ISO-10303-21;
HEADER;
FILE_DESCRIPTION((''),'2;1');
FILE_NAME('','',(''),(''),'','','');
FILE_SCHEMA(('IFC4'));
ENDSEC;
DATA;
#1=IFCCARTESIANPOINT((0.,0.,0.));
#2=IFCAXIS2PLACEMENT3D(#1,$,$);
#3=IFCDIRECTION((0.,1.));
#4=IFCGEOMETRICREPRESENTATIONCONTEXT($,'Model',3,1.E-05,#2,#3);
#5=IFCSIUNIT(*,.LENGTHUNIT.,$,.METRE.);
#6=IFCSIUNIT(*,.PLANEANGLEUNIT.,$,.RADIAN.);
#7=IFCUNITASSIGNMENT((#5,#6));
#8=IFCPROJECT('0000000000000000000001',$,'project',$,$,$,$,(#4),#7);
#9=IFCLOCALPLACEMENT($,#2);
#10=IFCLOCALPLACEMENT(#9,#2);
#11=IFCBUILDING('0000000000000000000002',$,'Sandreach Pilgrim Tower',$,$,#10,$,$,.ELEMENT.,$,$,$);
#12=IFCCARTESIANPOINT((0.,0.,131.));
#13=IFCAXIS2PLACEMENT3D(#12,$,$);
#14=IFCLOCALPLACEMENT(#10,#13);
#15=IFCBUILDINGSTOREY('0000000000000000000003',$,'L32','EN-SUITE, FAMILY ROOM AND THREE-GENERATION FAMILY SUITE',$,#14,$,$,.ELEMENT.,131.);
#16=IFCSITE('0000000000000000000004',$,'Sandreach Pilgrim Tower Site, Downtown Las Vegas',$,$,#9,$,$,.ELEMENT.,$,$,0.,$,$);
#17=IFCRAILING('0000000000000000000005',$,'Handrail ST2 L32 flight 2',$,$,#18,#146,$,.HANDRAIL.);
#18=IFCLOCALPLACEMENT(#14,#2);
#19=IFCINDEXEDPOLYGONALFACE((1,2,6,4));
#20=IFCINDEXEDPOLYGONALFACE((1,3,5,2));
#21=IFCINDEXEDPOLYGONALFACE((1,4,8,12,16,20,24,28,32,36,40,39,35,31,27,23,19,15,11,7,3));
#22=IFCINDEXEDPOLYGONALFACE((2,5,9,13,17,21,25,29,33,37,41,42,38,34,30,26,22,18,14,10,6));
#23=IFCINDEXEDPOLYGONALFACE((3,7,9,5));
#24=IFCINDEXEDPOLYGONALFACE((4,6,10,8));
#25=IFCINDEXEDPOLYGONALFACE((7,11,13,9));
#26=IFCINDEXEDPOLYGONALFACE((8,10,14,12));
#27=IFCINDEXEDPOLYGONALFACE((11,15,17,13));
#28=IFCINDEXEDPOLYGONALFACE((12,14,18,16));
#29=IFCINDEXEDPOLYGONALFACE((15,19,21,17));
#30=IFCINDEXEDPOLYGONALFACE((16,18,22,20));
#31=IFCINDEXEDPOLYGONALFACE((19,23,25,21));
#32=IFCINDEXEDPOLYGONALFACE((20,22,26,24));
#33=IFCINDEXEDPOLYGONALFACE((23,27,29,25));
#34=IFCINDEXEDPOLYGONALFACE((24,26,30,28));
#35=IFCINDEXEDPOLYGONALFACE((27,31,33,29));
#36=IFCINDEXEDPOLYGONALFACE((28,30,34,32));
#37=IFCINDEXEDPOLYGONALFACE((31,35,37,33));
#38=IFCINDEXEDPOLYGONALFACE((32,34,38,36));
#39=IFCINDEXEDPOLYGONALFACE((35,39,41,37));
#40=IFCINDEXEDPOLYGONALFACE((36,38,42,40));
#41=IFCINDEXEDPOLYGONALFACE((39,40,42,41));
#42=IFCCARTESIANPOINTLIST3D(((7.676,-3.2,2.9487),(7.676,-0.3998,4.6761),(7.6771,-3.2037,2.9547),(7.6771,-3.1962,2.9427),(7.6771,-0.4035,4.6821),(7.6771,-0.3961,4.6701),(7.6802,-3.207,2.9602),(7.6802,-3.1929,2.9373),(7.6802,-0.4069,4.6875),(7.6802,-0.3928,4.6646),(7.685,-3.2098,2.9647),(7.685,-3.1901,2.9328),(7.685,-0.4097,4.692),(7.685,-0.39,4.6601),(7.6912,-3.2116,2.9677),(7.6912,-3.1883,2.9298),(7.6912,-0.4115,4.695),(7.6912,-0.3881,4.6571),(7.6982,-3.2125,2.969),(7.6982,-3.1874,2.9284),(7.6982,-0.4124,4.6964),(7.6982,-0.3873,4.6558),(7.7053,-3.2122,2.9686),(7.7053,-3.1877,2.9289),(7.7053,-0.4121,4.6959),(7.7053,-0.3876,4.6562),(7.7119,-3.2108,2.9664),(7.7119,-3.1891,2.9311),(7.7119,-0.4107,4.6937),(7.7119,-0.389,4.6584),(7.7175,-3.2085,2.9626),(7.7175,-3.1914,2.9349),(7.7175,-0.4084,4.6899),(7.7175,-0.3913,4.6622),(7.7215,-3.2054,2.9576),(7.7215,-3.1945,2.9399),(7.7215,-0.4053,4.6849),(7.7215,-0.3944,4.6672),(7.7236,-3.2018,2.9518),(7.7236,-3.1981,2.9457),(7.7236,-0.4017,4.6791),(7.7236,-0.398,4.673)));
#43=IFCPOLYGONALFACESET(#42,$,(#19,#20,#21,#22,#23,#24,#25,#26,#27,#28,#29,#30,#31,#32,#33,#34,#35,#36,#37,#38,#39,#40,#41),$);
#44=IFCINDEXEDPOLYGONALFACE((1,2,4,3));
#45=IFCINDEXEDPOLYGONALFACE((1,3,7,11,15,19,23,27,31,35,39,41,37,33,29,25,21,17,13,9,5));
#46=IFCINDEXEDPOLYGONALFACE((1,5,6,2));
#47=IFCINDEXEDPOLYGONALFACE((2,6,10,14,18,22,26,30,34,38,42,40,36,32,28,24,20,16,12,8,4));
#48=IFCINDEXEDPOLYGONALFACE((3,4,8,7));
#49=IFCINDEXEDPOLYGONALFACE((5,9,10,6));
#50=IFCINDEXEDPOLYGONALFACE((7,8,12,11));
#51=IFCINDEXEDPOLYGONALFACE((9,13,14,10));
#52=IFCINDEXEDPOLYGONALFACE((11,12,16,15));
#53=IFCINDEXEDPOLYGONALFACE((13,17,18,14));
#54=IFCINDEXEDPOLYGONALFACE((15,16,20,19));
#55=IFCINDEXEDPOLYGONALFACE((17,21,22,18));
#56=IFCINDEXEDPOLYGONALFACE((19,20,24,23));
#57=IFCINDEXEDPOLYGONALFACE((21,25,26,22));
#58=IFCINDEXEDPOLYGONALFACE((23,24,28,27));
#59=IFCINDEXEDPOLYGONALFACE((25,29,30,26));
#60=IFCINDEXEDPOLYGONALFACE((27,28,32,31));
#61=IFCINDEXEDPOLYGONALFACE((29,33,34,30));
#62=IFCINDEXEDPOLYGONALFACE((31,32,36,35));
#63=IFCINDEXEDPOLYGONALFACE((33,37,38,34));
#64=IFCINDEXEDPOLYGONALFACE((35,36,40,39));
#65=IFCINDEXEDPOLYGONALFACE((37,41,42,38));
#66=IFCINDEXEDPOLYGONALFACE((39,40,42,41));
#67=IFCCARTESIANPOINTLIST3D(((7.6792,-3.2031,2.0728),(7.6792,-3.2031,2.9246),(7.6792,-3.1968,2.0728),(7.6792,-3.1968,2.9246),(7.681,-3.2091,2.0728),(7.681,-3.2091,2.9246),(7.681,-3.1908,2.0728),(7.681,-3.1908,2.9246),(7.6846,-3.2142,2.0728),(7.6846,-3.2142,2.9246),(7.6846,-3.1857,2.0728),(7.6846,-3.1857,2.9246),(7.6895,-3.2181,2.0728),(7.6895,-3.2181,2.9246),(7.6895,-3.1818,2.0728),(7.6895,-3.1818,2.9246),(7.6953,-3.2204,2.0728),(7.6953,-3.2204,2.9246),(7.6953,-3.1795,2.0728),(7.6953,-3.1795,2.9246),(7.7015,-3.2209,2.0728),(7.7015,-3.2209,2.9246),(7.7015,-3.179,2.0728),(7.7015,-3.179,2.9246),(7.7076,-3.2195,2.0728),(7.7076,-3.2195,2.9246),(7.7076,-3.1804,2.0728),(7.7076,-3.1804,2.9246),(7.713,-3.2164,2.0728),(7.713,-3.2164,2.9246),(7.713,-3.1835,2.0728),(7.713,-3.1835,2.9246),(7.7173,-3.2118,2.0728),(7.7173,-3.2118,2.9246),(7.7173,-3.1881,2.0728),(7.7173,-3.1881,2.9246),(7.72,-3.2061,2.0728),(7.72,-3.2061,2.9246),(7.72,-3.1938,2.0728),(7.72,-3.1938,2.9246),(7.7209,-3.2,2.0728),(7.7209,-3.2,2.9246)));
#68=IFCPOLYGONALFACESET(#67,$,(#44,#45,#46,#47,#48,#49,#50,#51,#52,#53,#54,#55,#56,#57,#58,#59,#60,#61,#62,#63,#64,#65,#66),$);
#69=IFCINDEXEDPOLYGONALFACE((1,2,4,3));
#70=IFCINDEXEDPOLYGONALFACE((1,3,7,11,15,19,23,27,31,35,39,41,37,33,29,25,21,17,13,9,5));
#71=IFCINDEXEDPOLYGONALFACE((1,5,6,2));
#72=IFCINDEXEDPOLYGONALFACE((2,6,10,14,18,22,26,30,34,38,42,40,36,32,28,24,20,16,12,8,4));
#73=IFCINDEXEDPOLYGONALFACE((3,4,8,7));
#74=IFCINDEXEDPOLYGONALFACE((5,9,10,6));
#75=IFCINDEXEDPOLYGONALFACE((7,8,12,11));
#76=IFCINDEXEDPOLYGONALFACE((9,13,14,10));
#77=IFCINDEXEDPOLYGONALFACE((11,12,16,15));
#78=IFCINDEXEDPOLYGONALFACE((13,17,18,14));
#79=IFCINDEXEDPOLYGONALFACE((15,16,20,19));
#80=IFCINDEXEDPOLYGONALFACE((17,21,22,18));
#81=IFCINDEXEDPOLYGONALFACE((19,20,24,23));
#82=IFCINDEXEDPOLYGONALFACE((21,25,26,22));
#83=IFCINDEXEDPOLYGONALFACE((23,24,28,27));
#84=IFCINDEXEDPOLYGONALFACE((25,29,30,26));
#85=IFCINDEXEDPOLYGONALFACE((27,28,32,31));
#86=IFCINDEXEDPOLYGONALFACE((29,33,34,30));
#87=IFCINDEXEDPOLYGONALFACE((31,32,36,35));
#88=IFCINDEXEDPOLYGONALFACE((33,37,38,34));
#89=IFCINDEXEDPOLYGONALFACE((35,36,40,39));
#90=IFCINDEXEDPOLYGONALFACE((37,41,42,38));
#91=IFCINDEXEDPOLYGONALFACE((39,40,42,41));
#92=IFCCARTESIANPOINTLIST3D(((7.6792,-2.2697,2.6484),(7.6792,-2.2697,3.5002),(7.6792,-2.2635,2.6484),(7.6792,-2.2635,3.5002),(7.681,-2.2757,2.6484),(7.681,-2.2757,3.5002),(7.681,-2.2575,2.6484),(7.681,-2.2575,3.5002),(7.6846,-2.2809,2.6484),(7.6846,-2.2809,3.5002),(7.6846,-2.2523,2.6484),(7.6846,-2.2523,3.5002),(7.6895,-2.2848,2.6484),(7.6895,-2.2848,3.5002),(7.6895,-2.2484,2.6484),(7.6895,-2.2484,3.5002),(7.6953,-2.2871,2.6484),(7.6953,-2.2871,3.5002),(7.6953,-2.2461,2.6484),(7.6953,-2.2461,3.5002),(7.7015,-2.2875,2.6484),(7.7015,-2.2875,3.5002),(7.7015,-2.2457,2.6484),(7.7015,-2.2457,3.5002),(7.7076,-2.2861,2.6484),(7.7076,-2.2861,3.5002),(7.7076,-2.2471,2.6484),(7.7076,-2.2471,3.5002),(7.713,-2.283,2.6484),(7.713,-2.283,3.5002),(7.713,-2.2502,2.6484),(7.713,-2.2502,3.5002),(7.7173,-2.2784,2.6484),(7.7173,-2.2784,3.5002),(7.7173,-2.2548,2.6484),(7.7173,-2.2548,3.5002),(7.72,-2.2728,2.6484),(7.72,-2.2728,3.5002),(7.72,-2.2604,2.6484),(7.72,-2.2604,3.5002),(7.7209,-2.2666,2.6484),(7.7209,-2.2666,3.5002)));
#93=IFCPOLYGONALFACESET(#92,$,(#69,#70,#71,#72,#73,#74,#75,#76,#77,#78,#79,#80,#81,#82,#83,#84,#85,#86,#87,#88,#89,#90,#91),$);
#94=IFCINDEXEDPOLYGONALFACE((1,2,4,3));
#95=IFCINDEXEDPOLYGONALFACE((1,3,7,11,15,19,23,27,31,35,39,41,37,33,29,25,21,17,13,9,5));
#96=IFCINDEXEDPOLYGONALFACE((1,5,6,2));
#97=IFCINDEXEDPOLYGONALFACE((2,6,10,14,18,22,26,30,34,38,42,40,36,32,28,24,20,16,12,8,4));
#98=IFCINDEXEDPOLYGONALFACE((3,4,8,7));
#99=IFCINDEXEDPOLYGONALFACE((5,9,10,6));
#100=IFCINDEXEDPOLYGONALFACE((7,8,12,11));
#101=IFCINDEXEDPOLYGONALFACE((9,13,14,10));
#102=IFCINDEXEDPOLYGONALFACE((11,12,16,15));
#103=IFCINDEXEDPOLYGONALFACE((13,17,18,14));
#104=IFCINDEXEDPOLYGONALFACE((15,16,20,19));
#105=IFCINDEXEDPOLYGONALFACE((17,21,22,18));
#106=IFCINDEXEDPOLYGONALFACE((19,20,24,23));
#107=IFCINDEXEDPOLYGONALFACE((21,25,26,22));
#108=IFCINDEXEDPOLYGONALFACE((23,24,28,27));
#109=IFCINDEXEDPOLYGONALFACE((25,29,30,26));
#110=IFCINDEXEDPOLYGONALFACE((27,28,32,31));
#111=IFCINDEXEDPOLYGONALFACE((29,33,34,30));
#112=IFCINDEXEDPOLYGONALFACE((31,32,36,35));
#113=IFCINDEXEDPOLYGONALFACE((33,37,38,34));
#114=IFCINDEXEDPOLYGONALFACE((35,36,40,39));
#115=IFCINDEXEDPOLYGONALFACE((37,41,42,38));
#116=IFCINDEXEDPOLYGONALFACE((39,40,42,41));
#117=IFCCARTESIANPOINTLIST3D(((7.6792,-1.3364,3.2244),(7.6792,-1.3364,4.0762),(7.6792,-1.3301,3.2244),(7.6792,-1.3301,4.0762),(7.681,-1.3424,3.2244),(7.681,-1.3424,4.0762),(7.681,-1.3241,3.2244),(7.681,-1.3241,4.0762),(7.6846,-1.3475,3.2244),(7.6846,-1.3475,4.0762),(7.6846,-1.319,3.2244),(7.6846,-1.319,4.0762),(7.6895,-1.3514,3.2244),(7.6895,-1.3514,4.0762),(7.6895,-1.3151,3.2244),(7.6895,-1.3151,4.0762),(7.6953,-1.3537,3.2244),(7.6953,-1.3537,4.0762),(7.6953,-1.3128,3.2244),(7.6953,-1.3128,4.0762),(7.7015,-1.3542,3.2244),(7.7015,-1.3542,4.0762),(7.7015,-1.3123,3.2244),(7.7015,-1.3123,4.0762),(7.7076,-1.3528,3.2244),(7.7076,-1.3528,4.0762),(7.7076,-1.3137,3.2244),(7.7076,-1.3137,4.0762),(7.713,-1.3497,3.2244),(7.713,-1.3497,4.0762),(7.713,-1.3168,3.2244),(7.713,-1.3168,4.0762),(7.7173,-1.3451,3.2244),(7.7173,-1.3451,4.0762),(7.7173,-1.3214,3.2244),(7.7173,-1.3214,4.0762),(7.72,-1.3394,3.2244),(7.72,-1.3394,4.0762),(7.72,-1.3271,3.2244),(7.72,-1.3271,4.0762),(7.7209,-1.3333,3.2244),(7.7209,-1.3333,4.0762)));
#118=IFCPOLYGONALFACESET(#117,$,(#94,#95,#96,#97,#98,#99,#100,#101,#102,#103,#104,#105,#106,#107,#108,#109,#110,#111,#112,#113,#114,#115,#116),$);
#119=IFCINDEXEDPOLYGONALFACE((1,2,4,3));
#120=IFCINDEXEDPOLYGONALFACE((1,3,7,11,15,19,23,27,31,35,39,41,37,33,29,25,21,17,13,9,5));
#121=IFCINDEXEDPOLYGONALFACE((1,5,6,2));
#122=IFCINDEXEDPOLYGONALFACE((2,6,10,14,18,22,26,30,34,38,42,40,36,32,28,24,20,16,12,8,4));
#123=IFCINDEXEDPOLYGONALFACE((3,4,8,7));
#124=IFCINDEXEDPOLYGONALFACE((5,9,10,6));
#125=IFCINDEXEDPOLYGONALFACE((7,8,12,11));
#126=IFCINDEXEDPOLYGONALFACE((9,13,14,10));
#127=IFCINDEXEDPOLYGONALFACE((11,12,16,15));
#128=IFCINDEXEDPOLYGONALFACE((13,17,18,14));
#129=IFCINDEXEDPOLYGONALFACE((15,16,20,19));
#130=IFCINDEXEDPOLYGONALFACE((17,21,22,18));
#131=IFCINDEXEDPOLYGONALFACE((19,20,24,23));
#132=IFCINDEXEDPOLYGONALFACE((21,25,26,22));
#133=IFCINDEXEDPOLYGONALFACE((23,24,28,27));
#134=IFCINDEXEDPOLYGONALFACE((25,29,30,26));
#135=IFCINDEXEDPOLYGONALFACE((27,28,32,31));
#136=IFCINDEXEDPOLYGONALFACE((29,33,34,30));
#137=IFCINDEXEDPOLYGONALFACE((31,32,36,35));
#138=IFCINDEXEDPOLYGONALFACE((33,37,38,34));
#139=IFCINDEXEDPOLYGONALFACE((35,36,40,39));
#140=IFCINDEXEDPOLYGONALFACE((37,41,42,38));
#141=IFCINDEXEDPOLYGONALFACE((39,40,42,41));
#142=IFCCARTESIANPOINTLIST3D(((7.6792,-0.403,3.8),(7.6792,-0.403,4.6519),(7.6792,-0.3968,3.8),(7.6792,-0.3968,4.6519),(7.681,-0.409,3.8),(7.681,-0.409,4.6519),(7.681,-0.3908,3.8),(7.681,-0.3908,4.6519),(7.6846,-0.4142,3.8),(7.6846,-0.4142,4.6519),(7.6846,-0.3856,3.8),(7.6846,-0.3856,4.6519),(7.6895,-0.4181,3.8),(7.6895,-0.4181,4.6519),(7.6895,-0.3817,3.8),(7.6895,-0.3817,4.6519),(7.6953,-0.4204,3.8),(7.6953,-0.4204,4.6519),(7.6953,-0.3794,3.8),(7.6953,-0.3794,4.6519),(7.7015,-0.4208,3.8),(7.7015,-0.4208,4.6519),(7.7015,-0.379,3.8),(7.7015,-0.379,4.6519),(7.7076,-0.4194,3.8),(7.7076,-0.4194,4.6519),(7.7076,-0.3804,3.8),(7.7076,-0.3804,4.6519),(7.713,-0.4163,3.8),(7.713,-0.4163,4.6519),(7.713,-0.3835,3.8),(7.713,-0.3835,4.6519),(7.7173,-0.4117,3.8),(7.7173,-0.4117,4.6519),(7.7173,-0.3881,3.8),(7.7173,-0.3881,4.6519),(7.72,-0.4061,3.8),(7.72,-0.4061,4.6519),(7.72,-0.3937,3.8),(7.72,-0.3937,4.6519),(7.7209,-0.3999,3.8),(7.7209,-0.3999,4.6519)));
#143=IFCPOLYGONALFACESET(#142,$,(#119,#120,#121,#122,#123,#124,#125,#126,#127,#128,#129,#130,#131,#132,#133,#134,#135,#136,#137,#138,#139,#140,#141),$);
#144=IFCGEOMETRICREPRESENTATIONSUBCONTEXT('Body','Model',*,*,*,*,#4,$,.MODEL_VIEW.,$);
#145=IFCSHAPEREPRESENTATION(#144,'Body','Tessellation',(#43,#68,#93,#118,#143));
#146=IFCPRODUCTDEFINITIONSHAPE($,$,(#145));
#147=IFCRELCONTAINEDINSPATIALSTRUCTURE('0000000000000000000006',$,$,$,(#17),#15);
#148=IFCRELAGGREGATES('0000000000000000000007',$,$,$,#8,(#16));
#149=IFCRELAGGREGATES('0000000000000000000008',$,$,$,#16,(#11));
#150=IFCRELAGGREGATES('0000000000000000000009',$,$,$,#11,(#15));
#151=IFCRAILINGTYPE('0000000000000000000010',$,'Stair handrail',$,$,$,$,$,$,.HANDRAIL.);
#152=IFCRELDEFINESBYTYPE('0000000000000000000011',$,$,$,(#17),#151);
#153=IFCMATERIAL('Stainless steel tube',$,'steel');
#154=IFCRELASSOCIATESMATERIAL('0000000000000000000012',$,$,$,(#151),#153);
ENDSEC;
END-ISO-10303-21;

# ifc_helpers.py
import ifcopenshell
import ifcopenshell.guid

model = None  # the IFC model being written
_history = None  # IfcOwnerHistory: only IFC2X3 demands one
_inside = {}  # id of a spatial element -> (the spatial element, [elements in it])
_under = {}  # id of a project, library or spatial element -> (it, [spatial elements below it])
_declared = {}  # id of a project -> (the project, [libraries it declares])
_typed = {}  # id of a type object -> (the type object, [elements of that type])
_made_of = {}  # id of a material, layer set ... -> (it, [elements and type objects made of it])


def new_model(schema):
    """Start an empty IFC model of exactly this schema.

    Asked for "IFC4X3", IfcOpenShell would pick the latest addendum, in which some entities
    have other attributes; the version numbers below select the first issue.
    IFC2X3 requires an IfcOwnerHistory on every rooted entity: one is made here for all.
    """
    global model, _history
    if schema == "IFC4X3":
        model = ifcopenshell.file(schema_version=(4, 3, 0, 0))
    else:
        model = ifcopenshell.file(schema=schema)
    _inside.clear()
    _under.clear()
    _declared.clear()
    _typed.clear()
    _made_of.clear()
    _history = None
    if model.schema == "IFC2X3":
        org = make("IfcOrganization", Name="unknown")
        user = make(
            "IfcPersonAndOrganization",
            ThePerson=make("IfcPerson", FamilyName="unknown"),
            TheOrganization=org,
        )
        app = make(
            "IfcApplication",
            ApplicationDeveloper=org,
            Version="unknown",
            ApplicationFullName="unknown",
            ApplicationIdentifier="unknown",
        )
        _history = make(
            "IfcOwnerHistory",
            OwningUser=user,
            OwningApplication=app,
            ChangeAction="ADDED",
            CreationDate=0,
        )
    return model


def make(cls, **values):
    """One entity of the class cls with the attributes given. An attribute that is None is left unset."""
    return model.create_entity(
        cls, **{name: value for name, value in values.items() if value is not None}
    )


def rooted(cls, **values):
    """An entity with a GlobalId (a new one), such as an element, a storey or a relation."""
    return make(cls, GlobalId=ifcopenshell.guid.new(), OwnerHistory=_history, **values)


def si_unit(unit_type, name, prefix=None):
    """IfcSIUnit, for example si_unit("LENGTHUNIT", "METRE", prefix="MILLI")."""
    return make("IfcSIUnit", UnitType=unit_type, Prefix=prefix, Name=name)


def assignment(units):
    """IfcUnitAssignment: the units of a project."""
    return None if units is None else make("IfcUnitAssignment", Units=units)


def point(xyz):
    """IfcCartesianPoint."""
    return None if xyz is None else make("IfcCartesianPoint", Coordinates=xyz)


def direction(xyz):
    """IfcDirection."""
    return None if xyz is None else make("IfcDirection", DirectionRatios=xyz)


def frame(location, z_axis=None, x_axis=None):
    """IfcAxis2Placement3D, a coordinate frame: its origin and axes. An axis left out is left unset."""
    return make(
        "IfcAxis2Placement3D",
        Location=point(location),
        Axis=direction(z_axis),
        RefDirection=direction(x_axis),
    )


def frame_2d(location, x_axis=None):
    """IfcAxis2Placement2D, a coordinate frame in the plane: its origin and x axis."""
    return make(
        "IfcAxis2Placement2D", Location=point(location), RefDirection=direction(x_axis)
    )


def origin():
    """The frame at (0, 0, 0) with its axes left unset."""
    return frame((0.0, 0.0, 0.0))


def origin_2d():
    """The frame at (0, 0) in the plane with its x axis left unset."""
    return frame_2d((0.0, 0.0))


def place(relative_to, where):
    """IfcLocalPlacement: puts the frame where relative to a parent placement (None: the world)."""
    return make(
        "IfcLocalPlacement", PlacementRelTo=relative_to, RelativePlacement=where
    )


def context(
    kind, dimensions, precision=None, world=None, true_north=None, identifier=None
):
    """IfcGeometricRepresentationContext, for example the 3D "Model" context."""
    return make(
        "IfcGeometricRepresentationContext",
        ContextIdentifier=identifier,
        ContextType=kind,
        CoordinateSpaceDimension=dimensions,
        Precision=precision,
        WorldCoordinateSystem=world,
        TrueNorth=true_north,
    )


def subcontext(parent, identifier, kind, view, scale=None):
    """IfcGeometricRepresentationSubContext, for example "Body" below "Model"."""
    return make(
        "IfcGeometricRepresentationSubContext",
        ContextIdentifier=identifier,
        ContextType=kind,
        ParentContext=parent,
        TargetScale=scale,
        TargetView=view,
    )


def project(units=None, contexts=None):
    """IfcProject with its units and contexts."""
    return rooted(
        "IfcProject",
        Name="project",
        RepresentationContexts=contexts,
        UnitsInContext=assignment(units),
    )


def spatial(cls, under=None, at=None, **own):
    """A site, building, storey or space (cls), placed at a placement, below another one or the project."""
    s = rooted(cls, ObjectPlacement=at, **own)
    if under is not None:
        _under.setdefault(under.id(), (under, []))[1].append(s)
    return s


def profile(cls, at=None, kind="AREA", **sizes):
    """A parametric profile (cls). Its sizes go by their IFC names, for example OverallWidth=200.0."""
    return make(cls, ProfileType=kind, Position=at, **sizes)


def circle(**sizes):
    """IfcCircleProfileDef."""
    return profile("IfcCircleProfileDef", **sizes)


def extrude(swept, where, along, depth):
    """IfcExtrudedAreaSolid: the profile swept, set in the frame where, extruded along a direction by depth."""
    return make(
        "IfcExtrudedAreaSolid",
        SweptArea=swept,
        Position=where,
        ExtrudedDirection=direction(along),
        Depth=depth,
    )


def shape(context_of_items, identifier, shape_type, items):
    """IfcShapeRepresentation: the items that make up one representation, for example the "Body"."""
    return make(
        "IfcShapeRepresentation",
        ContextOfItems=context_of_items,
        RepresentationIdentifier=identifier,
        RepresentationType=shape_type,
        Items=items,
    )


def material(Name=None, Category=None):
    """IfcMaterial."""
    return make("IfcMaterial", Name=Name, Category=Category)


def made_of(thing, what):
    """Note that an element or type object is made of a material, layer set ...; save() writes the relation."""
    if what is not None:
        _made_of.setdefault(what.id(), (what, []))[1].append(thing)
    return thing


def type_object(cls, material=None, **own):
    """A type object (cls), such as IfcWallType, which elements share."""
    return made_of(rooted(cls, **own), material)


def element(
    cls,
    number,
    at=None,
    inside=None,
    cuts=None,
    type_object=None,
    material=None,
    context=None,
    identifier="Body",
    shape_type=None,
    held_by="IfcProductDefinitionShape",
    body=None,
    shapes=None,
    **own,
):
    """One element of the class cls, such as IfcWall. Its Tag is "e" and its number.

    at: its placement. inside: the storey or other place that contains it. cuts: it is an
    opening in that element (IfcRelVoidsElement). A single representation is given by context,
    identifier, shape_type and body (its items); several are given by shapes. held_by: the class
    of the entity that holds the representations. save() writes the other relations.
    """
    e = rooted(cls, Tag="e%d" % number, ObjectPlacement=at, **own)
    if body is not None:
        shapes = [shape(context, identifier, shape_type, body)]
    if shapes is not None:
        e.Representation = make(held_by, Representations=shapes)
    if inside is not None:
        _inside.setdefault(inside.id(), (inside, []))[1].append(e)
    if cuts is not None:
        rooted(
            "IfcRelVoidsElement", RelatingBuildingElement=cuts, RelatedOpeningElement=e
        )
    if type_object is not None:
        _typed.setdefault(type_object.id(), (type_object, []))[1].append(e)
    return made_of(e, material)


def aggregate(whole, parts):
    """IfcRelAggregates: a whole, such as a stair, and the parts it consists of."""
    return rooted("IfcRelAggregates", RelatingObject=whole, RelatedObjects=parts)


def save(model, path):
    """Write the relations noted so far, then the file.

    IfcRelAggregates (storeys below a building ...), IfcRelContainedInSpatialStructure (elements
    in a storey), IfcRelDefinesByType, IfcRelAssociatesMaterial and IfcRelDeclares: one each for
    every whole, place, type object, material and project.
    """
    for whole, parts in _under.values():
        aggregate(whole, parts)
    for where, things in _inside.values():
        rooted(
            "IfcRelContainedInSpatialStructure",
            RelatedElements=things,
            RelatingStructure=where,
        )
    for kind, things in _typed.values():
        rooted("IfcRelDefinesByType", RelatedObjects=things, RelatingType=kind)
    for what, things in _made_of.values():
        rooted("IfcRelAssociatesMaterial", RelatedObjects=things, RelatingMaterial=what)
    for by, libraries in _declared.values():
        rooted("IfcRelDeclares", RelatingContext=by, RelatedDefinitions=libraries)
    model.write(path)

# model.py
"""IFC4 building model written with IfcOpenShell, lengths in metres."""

from ifc_helpers import new_model, si_unit, direction, frame, origin, origin_2d, place, context, subcontext, project, spatial, circle, extrude, material, type_object, element, save


model = new_model("IFC4")

# Units and contexts
model_context = context("Model", 3, precision=1e-05, world=origin(), true_north=direction((0.0, 1.0)))
body_context = subcontext(model_context, "Body", "Model", "MODEL_VIEW")
ifc_project = project(units=[si_unit("LENGTHUNIT", "METRE"), si_unit("PLANEANGLEUNIT", "RADIAN")], contexts=[model_context])

# Site, building, storey
site_placement = place(None, origin())
site = spatial("IfcSite", under=ifc_project, at=site_placement, Name="Sandreach Pilgrim Tower Site, Downtown Las Vegas", CompositionType="ELEMENT", RefElevation=0.0)
building_placement = place(site_placement, origin())
building = spatial("IfcBuilding", under=site, at=building_placement, Name="Sandreach Pilgrim Tower", CompositionType="ELEMENT")
storey_placement = place(building_placement, frame((0.0, 0.0, 131.0)))
storey = spatial("IfcBuildingStorey", under=building, at=storey_placement, Name="L32", Description="EN-SUITE, FAMILY ROOM AND THREE-GENERATION FAMILY SUITE", CompositionType="ELEMENT", Elevation=131.0)

# Railing
ifc_material_1 = material(Name="Stainless steel tube", Category="steel")
railing_type = type_object("IfcRailingType", Name="Stair handrail", PredefinedType="HANDRAIL", material=ifc_material_1)
railing_placement = place(storey_placement, frame((7.7, -3.2, 2.0728)))
element("IfcRailing", 1, at=railing_placement, inside=storey, type_object=railing_type, Name="Handrail ST2 L32 flight 2", PredefinedType="HANDRAIL", context=body_context, shape_type="SweptSolid", body=[
    extrude(circle(Radius=0.0239, at=origin_2d()), frame((0.0, 0.0, 0.876), z_axis=(0.0, 0.85109, 0.52502), x_axis=(-1.0, 0.0, 0.0)), (0.0, 0.0, 1.0), 3.29),
    extrude(circle(Radius=0.021, at=origin_2d()), origin(), (0.0, 0.0, 1.0), 0.8518),
    extrude(circle(Radius=0.021, at=origin_2d()), frame((0.0, 0.9333, 0.5757)), (0.0, 0.0, 1.0), 0.8518),
    extrude(circle(Radius=0.021, at=origin_2d()), frame((0.0, 1.8667, 1.1516)), (0.0, 0.0, 1.0), 0.8518),
    extrude(circle(Radius=0.021, at=origin_2d()), frame((0.0, 2.8, 1.7273)), (0.0, 0.0, 1.0), 0.8518),
])

save(model, "model.ifc")
